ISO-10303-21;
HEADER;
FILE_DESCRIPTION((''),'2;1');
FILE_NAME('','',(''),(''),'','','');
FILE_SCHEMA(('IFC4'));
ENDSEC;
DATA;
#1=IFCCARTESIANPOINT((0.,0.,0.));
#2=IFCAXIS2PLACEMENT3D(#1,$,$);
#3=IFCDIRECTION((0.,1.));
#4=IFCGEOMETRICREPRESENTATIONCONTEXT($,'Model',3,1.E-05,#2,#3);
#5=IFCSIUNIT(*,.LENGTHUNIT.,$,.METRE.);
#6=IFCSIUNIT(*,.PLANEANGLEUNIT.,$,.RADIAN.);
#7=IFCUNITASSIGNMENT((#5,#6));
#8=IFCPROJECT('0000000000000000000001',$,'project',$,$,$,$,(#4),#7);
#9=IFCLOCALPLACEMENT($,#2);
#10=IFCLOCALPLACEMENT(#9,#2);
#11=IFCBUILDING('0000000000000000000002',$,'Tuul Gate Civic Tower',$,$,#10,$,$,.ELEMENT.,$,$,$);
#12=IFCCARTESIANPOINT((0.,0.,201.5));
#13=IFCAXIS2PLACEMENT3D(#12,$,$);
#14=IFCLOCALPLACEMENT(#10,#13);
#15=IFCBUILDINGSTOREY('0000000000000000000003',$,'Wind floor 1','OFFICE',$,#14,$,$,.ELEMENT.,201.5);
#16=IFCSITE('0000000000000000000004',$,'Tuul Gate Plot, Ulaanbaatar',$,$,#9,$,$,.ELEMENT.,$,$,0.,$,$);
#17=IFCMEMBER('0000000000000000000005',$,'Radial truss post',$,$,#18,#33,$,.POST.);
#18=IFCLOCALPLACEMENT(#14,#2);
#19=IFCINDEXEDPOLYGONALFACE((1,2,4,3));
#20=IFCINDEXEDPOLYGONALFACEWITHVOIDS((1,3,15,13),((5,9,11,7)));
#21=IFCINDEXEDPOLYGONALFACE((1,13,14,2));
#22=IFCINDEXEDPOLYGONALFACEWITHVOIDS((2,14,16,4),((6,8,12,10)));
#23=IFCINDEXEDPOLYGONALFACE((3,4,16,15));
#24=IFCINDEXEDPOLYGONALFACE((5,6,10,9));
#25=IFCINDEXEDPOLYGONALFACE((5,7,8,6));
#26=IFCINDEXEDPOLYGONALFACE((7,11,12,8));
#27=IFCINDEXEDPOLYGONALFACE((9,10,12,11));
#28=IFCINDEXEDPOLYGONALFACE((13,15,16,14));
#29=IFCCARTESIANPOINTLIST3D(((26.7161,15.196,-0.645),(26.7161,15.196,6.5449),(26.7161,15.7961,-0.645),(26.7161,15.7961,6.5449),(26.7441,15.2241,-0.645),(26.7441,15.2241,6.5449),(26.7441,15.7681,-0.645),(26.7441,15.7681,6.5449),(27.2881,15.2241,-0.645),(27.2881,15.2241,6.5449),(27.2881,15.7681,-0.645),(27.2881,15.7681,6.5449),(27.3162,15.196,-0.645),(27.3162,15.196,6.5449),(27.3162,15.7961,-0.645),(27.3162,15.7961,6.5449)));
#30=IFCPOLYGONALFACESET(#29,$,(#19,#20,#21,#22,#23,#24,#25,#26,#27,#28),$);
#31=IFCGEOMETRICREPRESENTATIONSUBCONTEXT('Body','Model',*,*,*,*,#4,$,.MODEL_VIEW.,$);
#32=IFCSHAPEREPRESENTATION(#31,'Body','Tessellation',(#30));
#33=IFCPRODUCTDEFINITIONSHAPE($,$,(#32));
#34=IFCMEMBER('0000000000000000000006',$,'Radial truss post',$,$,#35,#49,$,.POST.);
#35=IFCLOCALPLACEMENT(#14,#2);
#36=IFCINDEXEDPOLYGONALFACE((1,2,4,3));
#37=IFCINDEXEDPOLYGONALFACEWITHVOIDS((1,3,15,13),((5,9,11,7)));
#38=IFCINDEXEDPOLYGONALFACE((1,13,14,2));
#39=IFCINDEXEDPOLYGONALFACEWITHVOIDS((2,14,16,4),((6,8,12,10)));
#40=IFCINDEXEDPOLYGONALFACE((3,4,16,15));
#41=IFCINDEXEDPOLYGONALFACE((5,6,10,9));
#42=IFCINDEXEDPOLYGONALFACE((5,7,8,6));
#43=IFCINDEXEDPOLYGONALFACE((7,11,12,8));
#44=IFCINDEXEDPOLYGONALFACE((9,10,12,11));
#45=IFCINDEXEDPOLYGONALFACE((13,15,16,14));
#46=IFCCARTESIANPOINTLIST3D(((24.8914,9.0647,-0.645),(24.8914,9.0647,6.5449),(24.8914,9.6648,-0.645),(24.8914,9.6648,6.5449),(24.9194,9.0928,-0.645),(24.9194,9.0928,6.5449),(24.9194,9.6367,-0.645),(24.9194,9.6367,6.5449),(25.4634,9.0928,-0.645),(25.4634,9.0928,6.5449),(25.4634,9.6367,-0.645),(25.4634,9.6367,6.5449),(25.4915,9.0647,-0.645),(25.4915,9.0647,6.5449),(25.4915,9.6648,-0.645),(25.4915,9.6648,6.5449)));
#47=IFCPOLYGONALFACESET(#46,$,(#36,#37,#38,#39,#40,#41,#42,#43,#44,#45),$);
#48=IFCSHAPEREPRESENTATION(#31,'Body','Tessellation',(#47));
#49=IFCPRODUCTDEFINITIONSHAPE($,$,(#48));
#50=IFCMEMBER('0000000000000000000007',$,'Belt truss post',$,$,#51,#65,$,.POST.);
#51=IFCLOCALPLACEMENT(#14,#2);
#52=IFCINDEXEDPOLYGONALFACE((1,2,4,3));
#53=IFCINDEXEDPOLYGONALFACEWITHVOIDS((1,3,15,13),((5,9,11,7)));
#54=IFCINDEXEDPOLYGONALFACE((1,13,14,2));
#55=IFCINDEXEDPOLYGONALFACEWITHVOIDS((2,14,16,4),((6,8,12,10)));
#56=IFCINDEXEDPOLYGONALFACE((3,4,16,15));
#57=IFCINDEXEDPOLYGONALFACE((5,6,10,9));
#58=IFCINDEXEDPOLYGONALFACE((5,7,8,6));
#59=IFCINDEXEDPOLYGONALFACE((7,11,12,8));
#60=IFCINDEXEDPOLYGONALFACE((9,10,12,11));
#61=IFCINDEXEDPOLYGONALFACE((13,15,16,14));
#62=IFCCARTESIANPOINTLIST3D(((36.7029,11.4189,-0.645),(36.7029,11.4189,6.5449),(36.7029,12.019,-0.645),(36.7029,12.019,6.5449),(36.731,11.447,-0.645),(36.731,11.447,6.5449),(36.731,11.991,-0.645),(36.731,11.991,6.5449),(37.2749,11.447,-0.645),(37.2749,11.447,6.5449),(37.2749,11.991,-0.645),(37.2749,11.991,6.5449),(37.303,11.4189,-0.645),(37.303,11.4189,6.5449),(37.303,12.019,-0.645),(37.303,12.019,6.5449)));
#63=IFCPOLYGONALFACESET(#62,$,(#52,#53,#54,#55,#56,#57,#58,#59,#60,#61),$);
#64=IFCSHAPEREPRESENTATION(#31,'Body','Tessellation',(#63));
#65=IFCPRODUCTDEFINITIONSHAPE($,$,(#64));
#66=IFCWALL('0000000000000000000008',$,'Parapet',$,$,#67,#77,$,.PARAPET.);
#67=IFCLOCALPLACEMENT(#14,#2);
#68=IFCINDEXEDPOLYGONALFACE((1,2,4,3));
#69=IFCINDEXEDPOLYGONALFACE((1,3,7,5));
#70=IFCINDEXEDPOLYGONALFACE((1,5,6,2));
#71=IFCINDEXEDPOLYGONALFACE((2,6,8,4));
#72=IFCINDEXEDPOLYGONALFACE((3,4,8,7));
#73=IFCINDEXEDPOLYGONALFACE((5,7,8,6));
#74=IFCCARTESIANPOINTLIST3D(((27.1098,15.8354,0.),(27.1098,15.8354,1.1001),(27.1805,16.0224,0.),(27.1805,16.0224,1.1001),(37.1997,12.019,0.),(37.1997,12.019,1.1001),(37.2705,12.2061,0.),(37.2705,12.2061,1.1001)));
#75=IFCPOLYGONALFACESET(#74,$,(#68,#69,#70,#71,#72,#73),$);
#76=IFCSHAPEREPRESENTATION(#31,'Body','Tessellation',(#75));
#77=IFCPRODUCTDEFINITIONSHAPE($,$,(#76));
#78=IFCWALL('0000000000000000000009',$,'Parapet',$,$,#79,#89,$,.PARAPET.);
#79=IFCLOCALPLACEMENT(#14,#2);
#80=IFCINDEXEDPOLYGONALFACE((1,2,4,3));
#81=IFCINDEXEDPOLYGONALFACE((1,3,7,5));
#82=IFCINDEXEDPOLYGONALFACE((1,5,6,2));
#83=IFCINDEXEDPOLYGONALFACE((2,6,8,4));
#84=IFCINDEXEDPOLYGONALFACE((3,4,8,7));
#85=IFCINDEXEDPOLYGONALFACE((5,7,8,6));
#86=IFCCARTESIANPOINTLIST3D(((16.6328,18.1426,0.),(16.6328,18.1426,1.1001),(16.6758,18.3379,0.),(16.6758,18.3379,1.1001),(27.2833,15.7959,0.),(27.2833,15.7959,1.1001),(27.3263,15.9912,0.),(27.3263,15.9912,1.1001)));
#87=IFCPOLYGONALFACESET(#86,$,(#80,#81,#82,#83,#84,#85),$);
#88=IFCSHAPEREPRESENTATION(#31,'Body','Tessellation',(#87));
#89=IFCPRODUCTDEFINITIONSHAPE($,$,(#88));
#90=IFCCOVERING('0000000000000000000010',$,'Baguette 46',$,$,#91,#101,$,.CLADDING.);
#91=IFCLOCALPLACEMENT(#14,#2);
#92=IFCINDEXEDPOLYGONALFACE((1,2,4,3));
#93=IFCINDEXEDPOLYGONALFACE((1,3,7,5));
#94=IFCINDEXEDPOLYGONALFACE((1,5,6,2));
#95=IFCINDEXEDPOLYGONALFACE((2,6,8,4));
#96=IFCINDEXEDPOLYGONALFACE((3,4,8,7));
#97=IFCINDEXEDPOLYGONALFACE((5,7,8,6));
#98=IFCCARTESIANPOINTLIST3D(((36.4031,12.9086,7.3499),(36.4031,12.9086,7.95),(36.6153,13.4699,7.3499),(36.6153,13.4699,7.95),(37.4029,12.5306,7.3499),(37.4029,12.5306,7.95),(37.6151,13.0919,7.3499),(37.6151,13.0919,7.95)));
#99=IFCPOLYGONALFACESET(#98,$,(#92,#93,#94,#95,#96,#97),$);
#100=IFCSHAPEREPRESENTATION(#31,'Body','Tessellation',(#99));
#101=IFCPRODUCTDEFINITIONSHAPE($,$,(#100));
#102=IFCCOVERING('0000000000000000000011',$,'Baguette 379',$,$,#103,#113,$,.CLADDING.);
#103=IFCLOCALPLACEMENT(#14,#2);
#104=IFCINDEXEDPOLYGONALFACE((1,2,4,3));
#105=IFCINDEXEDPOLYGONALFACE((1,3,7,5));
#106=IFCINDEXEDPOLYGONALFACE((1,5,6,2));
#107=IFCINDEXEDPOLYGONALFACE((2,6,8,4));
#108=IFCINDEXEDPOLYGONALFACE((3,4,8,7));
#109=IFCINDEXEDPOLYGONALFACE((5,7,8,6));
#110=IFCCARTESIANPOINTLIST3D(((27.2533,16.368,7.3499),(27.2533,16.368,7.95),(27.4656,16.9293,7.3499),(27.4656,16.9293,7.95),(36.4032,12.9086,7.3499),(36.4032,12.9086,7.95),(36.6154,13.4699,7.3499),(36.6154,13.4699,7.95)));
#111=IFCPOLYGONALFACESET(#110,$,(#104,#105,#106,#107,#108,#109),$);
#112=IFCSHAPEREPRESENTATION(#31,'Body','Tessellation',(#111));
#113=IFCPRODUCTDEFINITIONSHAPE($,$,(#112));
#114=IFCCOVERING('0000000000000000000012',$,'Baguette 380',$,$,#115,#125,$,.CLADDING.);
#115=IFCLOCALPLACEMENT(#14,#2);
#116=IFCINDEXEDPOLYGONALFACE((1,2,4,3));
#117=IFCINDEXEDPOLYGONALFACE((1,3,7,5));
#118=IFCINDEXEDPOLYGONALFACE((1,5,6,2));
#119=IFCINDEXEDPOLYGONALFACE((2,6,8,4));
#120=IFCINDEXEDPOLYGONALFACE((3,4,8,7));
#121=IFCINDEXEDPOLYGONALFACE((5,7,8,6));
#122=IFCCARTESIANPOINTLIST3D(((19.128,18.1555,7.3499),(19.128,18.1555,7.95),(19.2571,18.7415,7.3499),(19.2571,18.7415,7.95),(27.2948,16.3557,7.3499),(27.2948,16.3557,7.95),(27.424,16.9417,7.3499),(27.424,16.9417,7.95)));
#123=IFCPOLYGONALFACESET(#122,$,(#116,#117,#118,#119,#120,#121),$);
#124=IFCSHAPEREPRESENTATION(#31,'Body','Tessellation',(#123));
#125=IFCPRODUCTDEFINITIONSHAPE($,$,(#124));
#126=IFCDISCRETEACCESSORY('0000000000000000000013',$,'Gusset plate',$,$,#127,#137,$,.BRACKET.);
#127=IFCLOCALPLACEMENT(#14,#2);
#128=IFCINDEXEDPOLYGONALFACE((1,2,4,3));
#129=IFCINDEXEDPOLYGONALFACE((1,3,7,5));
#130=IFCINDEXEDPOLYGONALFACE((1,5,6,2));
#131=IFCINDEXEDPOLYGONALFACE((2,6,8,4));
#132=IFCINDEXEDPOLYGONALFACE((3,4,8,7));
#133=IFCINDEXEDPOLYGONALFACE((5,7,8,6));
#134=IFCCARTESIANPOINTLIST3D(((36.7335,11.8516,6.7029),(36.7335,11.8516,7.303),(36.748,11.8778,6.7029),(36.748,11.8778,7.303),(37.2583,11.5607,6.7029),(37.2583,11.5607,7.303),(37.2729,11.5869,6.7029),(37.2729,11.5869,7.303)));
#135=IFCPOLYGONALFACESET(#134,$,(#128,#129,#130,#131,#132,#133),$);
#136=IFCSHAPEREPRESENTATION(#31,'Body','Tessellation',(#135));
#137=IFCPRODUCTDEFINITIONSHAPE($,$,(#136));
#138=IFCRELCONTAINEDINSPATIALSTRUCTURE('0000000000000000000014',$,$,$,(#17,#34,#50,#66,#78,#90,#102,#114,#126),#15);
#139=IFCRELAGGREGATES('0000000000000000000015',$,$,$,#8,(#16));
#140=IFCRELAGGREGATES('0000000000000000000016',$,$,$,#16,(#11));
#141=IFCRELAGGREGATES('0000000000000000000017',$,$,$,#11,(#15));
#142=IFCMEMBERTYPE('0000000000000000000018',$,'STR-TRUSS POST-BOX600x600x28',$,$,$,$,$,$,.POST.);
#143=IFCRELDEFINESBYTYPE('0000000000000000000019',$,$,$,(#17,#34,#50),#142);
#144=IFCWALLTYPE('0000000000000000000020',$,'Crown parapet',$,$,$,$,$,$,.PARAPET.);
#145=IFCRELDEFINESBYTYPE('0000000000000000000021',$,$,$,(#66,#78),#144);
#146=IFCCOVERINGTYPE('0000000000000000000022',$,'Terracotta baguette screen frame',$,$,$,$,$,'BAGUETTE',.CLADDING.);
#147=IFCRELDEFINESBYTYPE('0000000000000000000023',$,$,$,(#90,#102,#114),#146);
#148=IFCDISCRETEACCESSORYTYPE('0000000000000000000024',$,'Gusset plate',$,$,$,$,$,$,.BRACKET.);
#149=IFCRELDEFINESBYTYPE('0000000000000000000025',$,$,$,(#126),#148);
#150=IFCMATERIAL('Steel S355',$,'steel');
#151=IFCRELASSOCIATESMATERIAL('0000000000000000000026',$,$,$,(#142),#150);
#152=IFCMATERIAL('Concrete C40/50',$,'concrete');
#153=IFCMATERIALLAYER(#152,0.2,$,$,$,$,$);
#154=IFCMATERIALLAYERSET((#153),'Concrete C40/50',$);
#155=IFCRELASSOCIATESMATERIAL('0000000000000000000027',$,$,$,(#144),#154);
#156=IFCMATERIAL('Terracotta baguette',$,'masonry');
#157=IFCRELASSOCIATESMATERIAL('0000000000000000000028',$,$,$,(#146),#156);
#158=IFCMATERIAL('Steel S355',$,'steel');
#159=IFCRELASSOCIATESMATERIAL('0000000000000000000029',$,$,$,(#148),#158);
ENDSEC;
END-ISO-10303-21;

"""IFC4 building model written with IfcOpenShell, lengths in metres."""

from ifc_helpers import new_model, si_unit, direction, frame, frame_2d, origin, origin_2d, place, context, subcontext, project, spatial, rectangle, hollow_rectangle, extrude, material, layer, layer_set, material_profile, profile_set, type_object, element, save


model = new_model("IFC4")

# Units and contexts
model_context = context("Model", 3, precision=1e-05, world=origin(), true_north=direction((0.0, 1.0)))
body_context = subcontext(model_context, "Body", "Model", "MODEL_VIEW")
ifc_project = project(units=[si_unit("LENGTHUNIT", "METRE"), si_unit("PLANEANGLEUNIT", "RADIAN")], contexts=[model_context])

# Site, building, storey
site_placement = place(None, origin())
site = spatial("IfcSite", under=ifc_project, at=site_placement, Name="Tuul Gate Plot, Ulaanbaatar", CompositionType="ELEMENT", RefElevation=0.0)
building_placement = place(site_placement, origin())
building = spatial("IfcBuilding", under=site, at=building_placement, Name="Tuul Gate Civic Tower", CompositionType="ELEMENT")
storey_placement = place(building_placement, frame((0.0, 0.0, 201.5)))
storey = spatial("IfcBuildingStorey", under=building, at=storey_placement, Name="Wind floor 1", Description="OFFICE", CompositionType="ELEMENT", Elevation=201.5)

# Members
ifc_material_1 = material(Name="Steel S355", Category="steel")
ifc_material_profile_1 = material_profile(ifc_material_1, hollow_rectangle(XDim=0.6001, YDim=0.6001, WallThickness=0.0281, at=origin_2d()), Name="BOX600x600x28")
ifc_profile_set_1 = profile_set([ifc_material_profile_1], Name="Steel S355")
member_type_1 = type_object("IfcMemberType", Name="STR-TRUSS POST-BOX600x600x28", PredefinedType="POST", material=ifc_profile_set_1)
for number, where, z_axis, x_axis, name in (
    (1, (27.0161, 15.4961, -0.645), (0.0, 0.0, 1.0), (1.0, 0.0, 0.0), "Radial truss post"),
    (2, (25.1914, 9.3647, -0.645), (0.0, 0.0, 1.0), (1.0, 0.0, 0.0), "Radial truss post"),
    (3, (37.0029, 11.719, -0.645), (0.0, 0.0, 1.0), (1.0, 0.0, 0.0), "Belt truss post"),
):
    element("IfcMember", number, at=place(storey_placement, frame(where, z_axis=z_axis, x_axis=x_axis)), inside=storey, type_object=member_type_1, Name=name, PredefinedType="POST", context=body_context, shape_type="SweptSolid", body=[
        extrude(hollow_rectangle(XDim=0.6001, YDim=0.6001, WallThickness=0.0281, at=origin_2d()), origin(), (0.0, 0.0, 1.0), 7.1899),
    ])

# Walls
ifc_material_2 = material(Name="Concrete C40/50", Category="concrete")
ifc_layer = layer(ifc_material_2, 0.2)
ifc_layer_set = layer_set([ifc_layer], Name="Concrete C40/50")
wall_type = type_object("IfcWallType", Name="Crown parapet", PredefinedType="PARAPET", material=ifc_layer_set)
wall_1_placement = place(storey_placement, frame((37.2351, 12.1125, 0.0), z_axis=(0.0, 0.0, 1.0), x_axis=(-0.935331, 0.353773, 0.0)))
element("IfcWall", 4, at=wall_1_placement, inside=storey, type_object=wall_type, Name="Parapet", PredefinedType="PARAPET", context=body_context, shape_type="SweptSolid", body=[
    extrude(rectangle(XDim=10.7876, YDim=0.2, at=frame_2d((5.3938, 0.0))), origin(), (0.0, 0.0, 1.0), 1.1001),
])
wall_2_placement = place(storey_placement, frame((27.3049, 15.8936, 0.0), z_axis=(0.0, 0.0, 1.0), x_axis=(-0.976576, 0.215171, 0.0)))
element("IfcWall", 5, at=wall_2_placement, inside=storey, type_object=wall_type, Name="Parapet", PredefinedType="PARAPET", context=body_context, shape_type="SweptSolid", body=[
    extrude(rectangle(XDim=10.906, YDim=0.2, at=frame_2d((5.4531, 0.0))), origin(), (0.0, 0.0, 1.0), 1.1001),
])

# Coverings
ifc_material_3 = material(Name="Terracotta baguette", Category="masonry")
ifc_material_profile_2 = material_profile(ifc_material_3, rectangle(XDim=0.6001, YDim=0.6001, at=origin_2d()), Name="Terracotta baguette screen frame")
ifc_profile_set_2 = profile_set([ifc_material_profile_2], Name="Terracotta baguette")
covering_type = type_object("IfcCoveringType", Name="Terracotta baguette screen frame", ElementType="BAGUETTE", PredefinedType="CLADDING", material=ifc_profile_set_2)
covering_1_placement = place(storey_placement, frame((37.509, 12.8113, 7.6499), z_axis=(-0.935397, 0.3536, 0.0), x_axis=(-0.3536, -0.935397, 0.0)))
element("IfcCovering", 6, at=covering_1_placement, inside=storey, type_object=covering_type, Name="Baguette 46", PredefinedType="CLADDING", context=body_context, shape_type="SweptSolid", body=[
    extrude(rectangle(XDim=0.6001, YDim=0.6001, at=origin_2d()), origin(), (0.0, 0.0, 1.0), 1.0688),
])
covering_2_placement = place(storey_placement, frame((36.5093, 13.1892, 7.6499), z_axis=(-0.935376, 0.353655, 0.0), x_axis=(-0.353655, -0.935376, 0.0)))
element("IfcCovering", 7, at=covering_2_placement, inside=storey, type_object=covering_type, Name="Baguette 379", PredefinedType="CLADDING", context=body_context, shape_type="SweptSolid", body=[
    extrude(rectangle(XDim=0.6001, YDim=0.6001, at=origin_2d()), origin(), (0.0, 0.0, 1.0), 9.782),
])
covering_3_placement = place(storey_placement, frame((27.3594, 16.6487, 7.6499), z_axis=(-0.976566, 0.215218, 0.0), x_axis=(-0.215218, -0.976566, 0.0)))
element("IfcCovering", 8, at=covering_3_placement, inside=storey, type_object=covering_type, Name="Baguette 380", PredefinedType="CLADDING", context=body_context, shape_type="SweptSolid", body=[
    extrude(rectangle(XDim=0.6001, YDim=0.6001, at=origin_2d()), origin(), (0.0, 0.0, 1.0), 8.3628),
])

# Discrete accessory
ifc_material_4 = material(Name="Steel S355", Category="steel")
discrete_accessory_type = type_object("IfcDiscreteAccessoryType", Name="Gusset plate", PredefinedType="BRACKET", material=ifc_material_4)
discrete_accessory_placement = place(storey_placement, frame((37.0032, 11.7192, 6.7029), z_axis=(0.0, 0.0, 1.0), x_axis=(0.874647, -0.48476, 0.0)))
element("IfcDiscreteAccessory", 9, at=discrete_accessory_placement, inside=storey, type_object=discrete_accessory_type, Name="Gusset plate", PredefinedType="BRACKET", context=body_context, shape_type="SweptSolid", body=[
    extrude(rectangle(XDim=0.6001, YDim=0.03, at=origin_2d()), origin(), (0.0, 0.0, 1.0), 0.6001),
])

save(model, "model.ifc")
